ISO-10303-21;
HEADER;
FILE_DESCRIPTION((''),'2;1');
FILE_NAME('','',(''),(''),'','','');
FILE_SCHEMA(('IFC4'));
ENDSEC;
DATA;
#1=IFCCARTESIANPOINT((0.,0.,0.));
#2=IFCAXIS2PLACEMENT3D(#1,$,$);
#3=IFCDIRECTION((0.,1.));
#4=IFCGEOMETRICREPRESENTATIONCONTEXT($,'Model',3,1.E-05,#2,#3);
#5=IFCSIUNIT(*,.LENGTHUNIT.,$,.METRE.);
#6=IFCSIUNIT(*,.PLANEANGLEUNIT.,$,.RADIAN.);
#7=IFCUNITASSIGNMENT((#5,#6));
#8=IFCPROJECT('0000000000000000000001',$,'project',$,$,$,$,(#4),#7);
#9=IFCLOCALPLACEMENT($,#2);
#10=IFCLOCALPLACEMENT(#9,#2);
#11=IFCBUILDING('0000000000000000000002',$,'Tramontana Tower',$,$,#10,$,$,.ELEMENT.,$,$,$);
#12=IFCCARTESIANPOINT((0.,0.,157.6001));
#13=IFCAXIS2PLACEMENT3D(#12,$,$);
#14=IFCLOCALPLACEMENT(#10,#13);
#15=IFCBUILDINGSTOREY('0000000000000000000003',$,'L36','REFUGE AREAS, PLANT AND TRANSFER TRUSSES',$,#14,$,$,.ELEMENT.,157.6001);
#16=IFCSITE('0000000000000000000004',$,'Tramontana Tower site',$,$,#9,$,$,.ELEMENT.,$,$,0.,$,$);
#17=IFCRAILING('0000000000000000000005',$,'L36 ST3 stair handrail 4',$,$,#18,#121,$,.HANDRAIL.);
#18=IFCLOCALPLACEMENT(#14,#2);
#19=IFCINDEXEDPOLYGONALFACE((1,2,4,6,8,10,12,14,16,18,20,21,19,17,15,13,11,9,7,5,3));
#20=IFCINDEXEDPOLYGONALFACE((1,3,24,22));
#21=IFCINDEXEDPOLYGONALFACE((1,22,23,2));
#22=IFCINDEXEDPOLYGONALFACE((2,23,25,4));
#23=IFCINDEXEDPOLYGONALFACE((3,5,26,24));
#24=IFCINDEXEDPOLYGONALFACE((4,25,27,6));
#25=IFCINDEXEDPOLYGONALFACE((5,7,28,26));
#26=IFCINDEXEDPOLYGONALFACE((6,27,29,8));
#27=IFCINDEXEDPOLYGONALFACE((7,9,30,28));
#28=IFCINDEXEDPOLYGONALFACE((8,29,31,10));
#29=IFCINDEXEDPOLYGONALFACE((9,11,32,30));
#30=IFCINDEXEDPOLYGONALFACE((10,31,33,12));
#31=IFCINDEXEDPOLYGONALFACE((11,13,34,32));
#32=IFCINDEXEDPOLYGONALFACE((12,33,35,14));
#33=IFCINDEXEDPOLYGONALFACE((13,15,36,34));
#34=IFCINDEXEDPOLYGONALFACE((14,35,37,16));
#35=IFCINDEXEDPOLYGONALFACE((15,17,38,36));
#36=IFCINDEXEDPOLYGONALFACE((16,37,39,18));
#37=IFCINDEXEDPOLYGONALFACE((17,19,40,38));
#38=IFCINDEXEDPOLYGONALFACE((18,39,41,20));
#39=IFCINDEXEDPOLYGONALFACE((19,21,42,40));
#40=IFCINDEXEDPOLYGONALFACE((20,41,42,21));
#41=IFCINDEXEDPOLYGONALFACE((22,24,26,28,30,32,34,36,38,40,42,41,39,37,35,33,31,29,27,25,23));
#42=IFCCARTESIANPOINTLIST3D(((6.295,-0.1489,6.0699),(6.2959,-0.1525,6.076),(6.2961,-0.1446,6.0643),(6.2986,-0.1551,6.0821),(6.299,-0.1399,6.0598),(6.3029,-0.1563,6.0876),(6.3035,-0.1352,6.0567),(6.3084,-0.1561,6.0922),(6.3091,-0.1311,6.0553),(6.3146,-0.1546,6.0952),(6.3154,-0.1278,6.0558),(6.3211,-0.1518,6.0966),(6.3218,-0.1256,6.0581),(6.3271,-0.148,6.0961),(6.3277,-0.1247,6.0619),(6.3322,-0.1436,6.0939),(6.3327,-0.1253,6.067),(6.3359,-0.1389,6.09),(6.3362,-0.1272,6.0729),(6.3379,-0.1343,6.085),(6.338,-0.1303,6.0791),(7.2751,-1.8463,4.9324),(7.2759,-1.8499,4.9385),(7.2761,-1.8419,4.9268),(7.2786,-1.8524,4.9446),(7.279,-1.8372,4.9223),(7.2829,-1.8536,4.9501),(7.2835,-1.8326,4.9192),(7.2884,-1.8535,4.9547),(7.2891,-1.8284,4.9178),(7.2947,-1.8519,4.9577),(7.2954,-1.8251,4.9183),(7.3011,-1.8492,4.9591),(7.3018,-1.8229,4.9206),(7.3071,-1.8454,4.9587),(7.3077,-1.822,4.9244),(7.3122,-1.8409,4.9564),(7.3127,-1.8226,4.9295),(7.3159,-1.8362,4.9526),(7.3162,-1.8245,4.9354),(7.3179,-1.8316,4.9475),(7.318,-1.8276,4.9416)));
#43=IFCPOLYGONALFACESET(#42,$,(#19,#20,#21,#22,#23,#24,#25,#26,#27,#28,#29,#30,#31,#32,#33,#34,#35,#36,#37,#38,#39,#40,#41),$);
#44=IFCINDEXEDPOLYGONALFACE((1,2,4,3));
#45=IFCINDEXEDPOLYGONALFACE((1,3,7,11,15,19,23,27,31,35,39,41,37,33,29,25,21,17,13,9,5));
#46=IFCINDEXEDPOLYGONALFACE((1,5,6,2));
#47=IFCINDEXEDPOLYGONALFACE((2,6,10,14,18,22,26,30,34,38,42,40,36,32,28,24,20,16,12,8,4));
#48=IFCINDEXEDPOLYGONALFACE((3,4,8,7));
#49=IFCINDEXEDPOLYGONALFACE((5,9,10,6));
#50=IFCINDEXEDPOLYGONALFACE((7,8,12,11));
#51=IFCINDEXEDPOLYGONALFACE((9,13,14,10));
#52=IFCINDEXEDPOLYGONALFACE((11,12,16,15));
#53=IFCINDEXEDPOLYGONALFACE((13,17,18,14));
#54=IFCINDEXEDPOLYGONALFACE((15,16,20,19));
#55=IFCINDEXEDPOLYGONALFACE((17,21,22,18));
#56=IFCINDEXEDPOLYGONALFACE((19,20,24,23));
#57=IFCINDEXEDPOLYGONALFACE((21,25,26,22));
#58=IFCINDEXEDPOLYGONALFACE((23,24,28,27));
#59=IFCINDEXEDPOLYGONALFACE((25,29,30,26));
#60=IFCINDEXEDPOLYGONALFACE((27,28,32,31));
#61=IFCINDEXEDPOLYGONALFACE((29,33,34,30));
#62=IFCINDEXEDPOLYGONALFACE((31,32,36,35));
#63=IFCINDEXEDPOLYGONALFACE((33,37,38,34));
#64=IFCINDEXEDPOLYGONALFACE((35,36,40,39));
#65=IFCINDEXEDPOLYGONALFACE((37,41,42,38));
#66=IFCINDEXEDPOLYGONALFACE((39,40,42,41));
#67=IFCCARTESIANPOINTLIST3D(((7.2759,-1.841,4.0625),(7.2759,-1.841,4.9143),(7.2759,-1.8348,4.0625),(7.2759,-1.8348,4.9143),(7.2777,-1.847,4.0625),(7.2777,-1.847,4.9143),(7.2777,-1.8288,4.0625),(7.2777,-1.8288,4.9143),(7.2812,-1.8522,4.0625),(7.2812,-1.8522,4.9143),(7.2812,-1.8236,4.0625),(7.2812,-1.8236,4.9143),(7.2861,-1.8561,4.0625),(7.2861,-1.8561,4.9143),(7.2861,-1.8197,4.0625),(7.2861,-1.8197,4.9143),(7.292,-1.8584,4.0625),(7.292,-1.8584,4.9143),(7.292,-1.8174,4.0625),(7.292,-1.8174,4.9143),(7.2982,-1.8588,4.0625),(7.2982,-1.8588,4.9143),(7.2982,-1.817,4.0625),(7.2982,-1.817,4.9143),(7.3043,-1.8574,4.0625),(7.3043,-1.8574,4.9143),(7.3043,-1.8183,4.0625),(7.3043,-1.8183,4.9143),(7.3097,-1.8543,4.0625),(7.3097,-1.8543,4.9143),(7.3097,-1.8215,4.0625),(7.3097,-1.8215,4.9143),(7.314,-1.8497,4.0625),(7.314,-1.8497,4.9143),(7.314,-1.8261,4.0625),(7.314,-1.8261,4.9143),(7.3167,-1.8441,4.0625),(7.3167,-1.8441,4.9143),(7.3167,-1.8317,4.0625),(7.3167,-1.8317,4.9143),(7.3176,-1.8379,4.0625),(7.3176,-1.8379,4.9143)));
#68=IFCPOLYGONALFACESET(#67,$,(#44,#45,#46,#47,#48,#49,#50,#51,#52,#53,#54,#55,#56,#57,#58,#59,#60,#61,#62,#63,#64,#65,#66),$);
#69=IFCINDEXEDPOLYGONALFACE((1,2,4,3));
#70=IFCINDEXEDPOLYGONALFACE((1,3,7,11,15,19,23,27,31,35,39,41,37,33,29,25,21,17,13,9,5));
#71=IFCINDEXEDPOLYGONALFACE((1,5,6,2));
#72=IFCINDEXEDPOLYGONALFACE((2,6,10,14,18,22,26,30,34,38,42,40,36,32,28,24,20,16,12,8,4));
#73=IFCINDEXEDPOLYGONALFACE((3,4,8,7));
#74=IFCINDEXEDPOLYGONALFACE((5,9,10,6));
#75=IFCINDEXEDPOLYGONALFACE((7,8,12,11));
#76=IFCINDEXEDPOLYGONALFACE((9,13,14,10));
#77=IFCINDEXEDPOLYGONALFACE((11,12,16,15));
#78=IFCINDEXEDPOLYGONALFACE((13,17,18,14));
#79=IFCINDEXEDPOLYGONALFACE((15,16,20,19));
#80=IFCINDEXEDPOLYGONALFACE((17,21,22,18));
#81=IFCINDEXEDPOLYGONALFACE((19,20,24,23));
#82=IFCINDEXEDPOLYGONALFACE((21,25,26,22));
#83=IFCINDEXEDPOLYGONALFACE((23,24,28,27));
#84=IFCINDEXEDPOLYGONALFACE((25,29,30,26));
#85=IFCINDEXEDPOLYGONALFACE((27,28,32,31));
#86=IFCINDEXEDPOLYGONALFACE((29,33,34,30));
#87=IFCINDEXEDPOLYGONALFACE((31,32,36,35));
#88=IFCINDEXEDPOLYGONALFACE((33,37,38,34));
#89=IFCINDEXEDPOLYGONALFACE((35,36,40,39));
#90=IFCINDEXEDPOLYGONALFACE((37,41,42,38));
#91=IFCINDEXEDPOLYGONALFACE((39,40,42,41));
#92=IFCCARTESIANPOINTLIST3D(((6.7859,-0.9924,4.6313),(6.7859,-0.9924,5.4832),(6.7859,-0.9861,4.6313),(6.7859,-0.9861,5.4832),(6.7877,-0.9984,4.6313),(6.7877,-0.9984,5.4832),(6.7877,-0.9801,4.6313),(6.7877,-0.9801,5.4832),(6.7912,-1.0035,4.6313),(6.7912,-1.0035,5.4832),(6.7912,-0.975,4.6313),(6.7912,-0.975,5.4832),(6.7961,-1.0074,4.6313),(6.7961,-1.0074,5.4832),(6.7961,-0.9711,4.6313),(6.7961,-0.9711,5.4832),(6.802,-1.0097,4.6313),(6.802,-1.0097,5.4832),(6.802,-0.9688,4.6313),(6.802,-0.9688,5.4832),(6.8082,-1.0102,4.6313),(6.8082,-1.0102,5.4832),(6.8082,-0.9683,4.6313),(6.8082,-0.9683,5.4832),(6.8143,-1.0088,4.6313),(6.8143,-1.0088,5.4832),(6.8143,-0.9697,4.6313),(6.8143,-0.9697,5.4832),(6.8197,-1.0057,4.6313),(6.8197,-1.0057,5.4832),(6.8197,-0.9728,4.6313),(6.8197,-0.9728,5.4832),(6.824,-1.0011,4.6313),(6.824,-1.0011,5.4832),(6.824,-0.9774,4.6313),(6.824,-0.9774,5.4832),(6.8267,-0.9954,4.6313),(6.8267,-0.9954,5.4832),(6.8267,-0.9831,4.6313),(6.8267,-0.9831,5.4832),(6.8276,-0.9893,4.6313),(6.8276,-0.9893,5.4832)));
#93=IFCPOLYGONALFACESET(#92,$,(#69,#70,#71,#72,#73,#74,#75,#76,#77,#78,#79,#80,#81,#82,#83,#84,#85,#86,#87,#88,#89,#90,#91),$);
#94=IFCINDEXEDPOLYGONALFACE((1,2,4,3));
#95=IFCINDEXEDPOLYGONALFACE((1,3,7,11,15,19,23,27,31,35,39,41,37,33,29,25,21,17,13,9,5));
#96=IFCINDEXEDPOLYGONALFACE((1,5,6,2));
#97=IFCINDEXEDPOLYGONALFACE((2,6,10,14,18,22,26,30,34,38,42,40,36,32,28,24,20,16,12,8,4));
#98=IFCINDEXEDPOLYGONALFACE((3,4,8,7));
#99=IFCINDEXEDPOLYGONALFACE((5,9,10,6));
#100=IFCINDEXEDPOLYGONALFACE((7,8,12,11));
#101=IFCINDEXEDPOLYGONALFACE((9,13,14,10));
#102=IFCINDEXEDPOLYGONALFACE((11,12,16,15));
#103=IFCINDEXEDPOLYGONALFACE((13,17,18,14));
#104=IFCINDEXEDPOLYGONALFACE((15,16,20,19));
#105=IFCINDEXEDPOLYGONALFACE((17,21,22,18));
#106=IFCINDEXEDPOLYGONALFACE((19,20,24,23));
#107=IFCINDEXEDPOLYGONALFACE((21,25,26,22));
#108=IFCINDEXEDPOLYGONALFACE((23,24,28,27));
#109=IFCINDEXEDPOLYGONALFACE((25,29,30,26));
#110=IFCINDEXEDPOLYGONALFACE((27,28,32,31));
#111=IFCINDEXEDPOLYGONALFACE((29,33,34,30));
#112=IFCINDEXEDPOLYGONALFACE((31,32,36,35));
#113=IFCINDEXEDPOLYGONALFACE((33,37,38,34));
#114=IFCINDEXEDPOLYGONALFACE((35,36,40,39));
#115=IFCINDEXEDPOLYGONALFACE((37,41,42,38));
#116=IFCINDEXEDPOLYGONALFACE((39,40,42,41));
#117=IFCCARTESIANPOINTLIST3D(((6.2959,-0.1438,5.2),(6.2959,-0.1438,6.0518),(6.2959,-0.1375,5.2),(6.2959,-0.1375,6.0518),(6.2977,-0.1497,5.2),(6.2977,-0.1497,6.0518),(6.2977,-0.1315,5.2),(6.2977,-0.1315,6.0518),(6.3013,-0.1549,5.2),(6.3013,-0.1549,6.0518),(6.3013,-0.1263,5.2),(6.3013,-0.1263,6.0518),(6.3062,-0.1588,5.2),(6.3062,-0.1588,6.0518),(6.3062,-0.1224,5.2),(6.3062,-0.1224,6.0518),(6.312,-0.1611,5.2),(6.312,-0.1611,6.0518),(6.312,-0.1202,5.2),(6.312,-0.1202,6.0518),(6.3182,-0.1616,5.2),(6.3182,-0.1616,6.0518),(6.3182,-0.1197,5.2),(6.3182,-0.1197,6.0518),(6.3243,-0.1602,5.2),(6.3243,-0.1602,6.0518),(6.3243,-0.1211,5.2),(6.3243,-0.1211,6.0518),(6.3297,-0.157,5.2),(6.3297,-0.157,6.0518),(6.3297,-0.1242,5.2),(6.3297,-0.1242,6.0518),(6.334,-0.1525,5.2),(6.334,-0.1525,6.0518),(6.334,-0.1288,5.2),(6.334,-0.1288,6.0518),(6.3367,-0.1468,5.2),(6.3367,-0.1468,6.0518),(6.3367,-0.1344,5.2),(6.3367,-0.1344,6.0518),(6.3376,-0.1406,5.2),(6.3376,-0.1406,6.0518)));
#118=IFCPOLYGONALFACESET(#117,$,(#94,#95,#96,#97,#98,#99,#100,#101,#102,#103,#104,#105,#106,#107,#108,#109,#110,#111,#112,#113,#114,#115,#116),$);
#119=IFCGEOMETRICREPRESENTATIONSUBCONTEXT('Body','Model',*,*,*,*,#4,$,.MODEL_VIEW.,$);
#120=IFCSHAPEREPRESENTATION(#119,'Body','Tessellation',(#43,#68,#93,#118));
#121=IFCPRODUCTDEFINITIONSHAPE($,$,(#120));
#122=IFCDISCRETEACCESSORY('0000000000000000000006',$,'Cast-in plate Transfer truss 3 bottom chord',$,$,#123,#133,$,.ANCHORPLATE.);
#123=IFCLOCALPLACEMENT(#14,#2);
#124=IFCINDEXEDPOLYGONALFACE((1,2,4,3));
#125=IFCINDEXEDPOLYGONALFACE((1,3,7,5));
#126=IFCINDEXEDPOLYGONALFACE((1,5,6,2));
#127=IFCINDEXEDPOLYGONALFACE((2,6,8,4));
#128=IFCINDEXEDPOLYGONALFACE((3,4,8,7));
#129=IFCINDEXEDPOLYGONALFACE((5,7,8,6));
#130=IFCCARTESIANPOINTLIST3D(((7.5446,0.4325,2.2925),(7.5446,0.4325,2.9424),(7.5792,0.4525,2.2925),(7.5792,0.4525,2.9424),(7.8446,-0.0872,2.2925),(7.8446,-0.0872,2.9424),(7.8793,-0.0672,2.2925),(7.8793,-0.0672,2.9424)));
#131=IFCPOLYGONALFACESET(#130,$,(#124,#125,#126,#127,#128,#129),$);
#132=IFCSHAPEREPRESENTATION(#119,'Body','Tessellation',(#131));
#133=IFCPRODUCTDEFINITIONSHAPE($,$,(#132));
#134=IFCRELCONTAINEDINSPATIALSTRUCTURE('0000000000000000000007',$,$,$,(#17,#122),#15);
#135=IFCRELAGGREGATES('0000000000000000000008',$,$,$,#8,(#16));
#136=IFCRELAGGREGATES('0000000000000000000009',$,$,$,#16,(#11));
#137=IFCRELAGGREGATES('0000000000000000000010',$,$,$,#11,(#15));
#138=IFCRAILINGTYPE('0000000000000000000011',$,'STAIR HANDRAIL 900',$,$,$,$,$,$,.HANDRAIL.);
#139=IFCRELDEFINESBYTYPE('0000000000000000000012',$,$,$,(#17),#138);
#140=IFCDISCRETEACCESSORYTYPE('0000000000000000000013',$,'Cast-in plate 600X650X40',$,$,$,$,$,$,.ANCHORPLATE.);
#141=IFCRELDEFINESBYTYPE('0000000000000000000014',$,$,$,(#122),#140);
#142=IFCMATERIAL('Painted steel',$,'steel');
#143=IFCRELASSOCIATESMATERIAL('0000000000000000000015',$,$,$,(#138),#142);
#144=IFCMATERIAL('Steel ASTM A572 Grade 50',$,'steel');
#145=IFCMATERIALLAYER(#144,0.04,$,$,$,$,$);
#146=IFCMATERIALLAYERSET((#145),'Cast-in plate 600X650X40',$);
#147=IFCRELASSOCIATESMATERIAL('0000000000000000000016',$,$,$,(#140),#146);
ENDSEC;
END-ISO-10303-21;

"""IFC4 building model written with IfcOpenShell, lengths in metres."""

from ifc_helpers import new_model, si_unit, direction, frame, origin, origin_2d, place, context, subcontext, project, spatial, rectangle, circle, extrude, material, layer, layer_set, type_object, element, save


model = new_model("IFC4")

# Units and contexts
model_context = context("Model", 3, precision=1e-05, world=origin(), true_north=direction((0.0, 1.0)))
body_context = subcontext(model_context, "Body", "Model", "MODEL_VIEW")
ifc_project = project(units=[si_unit("LENGTHUNIT", "METRE"), si_unit("PLANEANGLEUNIT", "RADIAN")], contexts=[model_context])

# Site, building, storey
site_placement = place(None, origin())
site = spatial("IfcSite", under=ifc_project, at=site_placement, Name="Tramontana Tower site", CompositionType="ELEMENT", RefElevation=0.0)
building_placement = place(site_placement, origin())
building = spatial("IfcBuilding", under=site, at=building_placement, Name="Tramontana Tower", CompositionType="ELEMENT")
storey_placement = place(building_placement, frame((0.0, 0.0, 157.6001)))
storey = spatial("IfcBuildingStorey", under=building, at=storey_placement, Name="L36", Description="REFUGE AREAS, PLANT AND TRANSFER TRUSSES", CompositionType="ELEMENT", Elevation=157.6001)

# Railing
ifc_material_1 = material(Name="Painted steel", Category="steel")
railing_type_1 = type_object("IfcRailingType", Name="STAIR HANDRAIL 900", PredefinedType="HANDRAIL", material=ifc_material_1)
for number, where, name in (
    (1, (7.2966, -1.8379, 4.0625), "L36 ST3 stair handrail 4"),
):
    element("IfcRailing", number, at=place(storey_placement, frame(where)), inside=storey, type_object=railing_type_1, Name=name, PredefinedType="HANDRAIL", context=body_context, shape_type="SweptSolid", body=[
        extrude(circle(Radius=0.0239, at=origin_2d()), frame((0.0, 0.0, 0.876), z_axis=(-0.432467, 0.749006, 0.501959), x_axis=(-0.866011, -0.500024, 0.0)), (0.0, 0.0, 1.0), 2.2661),
        extrude(circle(Radius=0.021, at=origin_2d()), origin(), (0.0, 0.0, 1.0), 0.8518),
        extrude(circle(Radius=0.021, at=origin_2d()), frame((-0.49, 0.8486, 0.5688)), (0.0, 0.0, 1.0), 0.8518),
        extrude(circle(Radius=0.021, at=origin_2d()), frame((-0.98, 1.6973, 1.1375)), (0.0, 0.0, 1.0), 0.8518),
    ])

# Discrete accessory
ifc_material_2 = material(Name="Steel ASTM A572 Grade 50", Category="steel")
ifc_layer_1 = layer(ifc_material_2, 0.04)
ifc_layer_set_1 = layer_set([ifc_layer_1], Name="Cast-in plate 600X650X40")
discrete_accessory_type = type_object("IfcDiscreteAccessoryType", Name="Cast-in plate 600X650X40", PredefinedType="ANCHORPLATE", material=ifc_layer_set_1)
discrete_accessory_placement = place(storey_placement, frame((7.7119, 0.1826, 2.2925), z_axis=(0.0, 0.0, 1.0), x_axis=(-0.5, 0.866025, 0.0)))
element("IfcDiscreteAccessory", 2, at=discrete_accessory_placement, inside=storey, type_object=discrete_accessory_type, Name="Cast-in plate Transfer truss 3 bottom chord", PredefinedType="ANCHORPLATE", context=body_context, shape_type="SweptSolid", body=[
    extrude(rectangle(XDim=0.6001, YDim=0.04, at=origin_2d()), origin(), (0.0, 0.0, 1.0), 0.6499),
])

save(model, "model.ifc")
